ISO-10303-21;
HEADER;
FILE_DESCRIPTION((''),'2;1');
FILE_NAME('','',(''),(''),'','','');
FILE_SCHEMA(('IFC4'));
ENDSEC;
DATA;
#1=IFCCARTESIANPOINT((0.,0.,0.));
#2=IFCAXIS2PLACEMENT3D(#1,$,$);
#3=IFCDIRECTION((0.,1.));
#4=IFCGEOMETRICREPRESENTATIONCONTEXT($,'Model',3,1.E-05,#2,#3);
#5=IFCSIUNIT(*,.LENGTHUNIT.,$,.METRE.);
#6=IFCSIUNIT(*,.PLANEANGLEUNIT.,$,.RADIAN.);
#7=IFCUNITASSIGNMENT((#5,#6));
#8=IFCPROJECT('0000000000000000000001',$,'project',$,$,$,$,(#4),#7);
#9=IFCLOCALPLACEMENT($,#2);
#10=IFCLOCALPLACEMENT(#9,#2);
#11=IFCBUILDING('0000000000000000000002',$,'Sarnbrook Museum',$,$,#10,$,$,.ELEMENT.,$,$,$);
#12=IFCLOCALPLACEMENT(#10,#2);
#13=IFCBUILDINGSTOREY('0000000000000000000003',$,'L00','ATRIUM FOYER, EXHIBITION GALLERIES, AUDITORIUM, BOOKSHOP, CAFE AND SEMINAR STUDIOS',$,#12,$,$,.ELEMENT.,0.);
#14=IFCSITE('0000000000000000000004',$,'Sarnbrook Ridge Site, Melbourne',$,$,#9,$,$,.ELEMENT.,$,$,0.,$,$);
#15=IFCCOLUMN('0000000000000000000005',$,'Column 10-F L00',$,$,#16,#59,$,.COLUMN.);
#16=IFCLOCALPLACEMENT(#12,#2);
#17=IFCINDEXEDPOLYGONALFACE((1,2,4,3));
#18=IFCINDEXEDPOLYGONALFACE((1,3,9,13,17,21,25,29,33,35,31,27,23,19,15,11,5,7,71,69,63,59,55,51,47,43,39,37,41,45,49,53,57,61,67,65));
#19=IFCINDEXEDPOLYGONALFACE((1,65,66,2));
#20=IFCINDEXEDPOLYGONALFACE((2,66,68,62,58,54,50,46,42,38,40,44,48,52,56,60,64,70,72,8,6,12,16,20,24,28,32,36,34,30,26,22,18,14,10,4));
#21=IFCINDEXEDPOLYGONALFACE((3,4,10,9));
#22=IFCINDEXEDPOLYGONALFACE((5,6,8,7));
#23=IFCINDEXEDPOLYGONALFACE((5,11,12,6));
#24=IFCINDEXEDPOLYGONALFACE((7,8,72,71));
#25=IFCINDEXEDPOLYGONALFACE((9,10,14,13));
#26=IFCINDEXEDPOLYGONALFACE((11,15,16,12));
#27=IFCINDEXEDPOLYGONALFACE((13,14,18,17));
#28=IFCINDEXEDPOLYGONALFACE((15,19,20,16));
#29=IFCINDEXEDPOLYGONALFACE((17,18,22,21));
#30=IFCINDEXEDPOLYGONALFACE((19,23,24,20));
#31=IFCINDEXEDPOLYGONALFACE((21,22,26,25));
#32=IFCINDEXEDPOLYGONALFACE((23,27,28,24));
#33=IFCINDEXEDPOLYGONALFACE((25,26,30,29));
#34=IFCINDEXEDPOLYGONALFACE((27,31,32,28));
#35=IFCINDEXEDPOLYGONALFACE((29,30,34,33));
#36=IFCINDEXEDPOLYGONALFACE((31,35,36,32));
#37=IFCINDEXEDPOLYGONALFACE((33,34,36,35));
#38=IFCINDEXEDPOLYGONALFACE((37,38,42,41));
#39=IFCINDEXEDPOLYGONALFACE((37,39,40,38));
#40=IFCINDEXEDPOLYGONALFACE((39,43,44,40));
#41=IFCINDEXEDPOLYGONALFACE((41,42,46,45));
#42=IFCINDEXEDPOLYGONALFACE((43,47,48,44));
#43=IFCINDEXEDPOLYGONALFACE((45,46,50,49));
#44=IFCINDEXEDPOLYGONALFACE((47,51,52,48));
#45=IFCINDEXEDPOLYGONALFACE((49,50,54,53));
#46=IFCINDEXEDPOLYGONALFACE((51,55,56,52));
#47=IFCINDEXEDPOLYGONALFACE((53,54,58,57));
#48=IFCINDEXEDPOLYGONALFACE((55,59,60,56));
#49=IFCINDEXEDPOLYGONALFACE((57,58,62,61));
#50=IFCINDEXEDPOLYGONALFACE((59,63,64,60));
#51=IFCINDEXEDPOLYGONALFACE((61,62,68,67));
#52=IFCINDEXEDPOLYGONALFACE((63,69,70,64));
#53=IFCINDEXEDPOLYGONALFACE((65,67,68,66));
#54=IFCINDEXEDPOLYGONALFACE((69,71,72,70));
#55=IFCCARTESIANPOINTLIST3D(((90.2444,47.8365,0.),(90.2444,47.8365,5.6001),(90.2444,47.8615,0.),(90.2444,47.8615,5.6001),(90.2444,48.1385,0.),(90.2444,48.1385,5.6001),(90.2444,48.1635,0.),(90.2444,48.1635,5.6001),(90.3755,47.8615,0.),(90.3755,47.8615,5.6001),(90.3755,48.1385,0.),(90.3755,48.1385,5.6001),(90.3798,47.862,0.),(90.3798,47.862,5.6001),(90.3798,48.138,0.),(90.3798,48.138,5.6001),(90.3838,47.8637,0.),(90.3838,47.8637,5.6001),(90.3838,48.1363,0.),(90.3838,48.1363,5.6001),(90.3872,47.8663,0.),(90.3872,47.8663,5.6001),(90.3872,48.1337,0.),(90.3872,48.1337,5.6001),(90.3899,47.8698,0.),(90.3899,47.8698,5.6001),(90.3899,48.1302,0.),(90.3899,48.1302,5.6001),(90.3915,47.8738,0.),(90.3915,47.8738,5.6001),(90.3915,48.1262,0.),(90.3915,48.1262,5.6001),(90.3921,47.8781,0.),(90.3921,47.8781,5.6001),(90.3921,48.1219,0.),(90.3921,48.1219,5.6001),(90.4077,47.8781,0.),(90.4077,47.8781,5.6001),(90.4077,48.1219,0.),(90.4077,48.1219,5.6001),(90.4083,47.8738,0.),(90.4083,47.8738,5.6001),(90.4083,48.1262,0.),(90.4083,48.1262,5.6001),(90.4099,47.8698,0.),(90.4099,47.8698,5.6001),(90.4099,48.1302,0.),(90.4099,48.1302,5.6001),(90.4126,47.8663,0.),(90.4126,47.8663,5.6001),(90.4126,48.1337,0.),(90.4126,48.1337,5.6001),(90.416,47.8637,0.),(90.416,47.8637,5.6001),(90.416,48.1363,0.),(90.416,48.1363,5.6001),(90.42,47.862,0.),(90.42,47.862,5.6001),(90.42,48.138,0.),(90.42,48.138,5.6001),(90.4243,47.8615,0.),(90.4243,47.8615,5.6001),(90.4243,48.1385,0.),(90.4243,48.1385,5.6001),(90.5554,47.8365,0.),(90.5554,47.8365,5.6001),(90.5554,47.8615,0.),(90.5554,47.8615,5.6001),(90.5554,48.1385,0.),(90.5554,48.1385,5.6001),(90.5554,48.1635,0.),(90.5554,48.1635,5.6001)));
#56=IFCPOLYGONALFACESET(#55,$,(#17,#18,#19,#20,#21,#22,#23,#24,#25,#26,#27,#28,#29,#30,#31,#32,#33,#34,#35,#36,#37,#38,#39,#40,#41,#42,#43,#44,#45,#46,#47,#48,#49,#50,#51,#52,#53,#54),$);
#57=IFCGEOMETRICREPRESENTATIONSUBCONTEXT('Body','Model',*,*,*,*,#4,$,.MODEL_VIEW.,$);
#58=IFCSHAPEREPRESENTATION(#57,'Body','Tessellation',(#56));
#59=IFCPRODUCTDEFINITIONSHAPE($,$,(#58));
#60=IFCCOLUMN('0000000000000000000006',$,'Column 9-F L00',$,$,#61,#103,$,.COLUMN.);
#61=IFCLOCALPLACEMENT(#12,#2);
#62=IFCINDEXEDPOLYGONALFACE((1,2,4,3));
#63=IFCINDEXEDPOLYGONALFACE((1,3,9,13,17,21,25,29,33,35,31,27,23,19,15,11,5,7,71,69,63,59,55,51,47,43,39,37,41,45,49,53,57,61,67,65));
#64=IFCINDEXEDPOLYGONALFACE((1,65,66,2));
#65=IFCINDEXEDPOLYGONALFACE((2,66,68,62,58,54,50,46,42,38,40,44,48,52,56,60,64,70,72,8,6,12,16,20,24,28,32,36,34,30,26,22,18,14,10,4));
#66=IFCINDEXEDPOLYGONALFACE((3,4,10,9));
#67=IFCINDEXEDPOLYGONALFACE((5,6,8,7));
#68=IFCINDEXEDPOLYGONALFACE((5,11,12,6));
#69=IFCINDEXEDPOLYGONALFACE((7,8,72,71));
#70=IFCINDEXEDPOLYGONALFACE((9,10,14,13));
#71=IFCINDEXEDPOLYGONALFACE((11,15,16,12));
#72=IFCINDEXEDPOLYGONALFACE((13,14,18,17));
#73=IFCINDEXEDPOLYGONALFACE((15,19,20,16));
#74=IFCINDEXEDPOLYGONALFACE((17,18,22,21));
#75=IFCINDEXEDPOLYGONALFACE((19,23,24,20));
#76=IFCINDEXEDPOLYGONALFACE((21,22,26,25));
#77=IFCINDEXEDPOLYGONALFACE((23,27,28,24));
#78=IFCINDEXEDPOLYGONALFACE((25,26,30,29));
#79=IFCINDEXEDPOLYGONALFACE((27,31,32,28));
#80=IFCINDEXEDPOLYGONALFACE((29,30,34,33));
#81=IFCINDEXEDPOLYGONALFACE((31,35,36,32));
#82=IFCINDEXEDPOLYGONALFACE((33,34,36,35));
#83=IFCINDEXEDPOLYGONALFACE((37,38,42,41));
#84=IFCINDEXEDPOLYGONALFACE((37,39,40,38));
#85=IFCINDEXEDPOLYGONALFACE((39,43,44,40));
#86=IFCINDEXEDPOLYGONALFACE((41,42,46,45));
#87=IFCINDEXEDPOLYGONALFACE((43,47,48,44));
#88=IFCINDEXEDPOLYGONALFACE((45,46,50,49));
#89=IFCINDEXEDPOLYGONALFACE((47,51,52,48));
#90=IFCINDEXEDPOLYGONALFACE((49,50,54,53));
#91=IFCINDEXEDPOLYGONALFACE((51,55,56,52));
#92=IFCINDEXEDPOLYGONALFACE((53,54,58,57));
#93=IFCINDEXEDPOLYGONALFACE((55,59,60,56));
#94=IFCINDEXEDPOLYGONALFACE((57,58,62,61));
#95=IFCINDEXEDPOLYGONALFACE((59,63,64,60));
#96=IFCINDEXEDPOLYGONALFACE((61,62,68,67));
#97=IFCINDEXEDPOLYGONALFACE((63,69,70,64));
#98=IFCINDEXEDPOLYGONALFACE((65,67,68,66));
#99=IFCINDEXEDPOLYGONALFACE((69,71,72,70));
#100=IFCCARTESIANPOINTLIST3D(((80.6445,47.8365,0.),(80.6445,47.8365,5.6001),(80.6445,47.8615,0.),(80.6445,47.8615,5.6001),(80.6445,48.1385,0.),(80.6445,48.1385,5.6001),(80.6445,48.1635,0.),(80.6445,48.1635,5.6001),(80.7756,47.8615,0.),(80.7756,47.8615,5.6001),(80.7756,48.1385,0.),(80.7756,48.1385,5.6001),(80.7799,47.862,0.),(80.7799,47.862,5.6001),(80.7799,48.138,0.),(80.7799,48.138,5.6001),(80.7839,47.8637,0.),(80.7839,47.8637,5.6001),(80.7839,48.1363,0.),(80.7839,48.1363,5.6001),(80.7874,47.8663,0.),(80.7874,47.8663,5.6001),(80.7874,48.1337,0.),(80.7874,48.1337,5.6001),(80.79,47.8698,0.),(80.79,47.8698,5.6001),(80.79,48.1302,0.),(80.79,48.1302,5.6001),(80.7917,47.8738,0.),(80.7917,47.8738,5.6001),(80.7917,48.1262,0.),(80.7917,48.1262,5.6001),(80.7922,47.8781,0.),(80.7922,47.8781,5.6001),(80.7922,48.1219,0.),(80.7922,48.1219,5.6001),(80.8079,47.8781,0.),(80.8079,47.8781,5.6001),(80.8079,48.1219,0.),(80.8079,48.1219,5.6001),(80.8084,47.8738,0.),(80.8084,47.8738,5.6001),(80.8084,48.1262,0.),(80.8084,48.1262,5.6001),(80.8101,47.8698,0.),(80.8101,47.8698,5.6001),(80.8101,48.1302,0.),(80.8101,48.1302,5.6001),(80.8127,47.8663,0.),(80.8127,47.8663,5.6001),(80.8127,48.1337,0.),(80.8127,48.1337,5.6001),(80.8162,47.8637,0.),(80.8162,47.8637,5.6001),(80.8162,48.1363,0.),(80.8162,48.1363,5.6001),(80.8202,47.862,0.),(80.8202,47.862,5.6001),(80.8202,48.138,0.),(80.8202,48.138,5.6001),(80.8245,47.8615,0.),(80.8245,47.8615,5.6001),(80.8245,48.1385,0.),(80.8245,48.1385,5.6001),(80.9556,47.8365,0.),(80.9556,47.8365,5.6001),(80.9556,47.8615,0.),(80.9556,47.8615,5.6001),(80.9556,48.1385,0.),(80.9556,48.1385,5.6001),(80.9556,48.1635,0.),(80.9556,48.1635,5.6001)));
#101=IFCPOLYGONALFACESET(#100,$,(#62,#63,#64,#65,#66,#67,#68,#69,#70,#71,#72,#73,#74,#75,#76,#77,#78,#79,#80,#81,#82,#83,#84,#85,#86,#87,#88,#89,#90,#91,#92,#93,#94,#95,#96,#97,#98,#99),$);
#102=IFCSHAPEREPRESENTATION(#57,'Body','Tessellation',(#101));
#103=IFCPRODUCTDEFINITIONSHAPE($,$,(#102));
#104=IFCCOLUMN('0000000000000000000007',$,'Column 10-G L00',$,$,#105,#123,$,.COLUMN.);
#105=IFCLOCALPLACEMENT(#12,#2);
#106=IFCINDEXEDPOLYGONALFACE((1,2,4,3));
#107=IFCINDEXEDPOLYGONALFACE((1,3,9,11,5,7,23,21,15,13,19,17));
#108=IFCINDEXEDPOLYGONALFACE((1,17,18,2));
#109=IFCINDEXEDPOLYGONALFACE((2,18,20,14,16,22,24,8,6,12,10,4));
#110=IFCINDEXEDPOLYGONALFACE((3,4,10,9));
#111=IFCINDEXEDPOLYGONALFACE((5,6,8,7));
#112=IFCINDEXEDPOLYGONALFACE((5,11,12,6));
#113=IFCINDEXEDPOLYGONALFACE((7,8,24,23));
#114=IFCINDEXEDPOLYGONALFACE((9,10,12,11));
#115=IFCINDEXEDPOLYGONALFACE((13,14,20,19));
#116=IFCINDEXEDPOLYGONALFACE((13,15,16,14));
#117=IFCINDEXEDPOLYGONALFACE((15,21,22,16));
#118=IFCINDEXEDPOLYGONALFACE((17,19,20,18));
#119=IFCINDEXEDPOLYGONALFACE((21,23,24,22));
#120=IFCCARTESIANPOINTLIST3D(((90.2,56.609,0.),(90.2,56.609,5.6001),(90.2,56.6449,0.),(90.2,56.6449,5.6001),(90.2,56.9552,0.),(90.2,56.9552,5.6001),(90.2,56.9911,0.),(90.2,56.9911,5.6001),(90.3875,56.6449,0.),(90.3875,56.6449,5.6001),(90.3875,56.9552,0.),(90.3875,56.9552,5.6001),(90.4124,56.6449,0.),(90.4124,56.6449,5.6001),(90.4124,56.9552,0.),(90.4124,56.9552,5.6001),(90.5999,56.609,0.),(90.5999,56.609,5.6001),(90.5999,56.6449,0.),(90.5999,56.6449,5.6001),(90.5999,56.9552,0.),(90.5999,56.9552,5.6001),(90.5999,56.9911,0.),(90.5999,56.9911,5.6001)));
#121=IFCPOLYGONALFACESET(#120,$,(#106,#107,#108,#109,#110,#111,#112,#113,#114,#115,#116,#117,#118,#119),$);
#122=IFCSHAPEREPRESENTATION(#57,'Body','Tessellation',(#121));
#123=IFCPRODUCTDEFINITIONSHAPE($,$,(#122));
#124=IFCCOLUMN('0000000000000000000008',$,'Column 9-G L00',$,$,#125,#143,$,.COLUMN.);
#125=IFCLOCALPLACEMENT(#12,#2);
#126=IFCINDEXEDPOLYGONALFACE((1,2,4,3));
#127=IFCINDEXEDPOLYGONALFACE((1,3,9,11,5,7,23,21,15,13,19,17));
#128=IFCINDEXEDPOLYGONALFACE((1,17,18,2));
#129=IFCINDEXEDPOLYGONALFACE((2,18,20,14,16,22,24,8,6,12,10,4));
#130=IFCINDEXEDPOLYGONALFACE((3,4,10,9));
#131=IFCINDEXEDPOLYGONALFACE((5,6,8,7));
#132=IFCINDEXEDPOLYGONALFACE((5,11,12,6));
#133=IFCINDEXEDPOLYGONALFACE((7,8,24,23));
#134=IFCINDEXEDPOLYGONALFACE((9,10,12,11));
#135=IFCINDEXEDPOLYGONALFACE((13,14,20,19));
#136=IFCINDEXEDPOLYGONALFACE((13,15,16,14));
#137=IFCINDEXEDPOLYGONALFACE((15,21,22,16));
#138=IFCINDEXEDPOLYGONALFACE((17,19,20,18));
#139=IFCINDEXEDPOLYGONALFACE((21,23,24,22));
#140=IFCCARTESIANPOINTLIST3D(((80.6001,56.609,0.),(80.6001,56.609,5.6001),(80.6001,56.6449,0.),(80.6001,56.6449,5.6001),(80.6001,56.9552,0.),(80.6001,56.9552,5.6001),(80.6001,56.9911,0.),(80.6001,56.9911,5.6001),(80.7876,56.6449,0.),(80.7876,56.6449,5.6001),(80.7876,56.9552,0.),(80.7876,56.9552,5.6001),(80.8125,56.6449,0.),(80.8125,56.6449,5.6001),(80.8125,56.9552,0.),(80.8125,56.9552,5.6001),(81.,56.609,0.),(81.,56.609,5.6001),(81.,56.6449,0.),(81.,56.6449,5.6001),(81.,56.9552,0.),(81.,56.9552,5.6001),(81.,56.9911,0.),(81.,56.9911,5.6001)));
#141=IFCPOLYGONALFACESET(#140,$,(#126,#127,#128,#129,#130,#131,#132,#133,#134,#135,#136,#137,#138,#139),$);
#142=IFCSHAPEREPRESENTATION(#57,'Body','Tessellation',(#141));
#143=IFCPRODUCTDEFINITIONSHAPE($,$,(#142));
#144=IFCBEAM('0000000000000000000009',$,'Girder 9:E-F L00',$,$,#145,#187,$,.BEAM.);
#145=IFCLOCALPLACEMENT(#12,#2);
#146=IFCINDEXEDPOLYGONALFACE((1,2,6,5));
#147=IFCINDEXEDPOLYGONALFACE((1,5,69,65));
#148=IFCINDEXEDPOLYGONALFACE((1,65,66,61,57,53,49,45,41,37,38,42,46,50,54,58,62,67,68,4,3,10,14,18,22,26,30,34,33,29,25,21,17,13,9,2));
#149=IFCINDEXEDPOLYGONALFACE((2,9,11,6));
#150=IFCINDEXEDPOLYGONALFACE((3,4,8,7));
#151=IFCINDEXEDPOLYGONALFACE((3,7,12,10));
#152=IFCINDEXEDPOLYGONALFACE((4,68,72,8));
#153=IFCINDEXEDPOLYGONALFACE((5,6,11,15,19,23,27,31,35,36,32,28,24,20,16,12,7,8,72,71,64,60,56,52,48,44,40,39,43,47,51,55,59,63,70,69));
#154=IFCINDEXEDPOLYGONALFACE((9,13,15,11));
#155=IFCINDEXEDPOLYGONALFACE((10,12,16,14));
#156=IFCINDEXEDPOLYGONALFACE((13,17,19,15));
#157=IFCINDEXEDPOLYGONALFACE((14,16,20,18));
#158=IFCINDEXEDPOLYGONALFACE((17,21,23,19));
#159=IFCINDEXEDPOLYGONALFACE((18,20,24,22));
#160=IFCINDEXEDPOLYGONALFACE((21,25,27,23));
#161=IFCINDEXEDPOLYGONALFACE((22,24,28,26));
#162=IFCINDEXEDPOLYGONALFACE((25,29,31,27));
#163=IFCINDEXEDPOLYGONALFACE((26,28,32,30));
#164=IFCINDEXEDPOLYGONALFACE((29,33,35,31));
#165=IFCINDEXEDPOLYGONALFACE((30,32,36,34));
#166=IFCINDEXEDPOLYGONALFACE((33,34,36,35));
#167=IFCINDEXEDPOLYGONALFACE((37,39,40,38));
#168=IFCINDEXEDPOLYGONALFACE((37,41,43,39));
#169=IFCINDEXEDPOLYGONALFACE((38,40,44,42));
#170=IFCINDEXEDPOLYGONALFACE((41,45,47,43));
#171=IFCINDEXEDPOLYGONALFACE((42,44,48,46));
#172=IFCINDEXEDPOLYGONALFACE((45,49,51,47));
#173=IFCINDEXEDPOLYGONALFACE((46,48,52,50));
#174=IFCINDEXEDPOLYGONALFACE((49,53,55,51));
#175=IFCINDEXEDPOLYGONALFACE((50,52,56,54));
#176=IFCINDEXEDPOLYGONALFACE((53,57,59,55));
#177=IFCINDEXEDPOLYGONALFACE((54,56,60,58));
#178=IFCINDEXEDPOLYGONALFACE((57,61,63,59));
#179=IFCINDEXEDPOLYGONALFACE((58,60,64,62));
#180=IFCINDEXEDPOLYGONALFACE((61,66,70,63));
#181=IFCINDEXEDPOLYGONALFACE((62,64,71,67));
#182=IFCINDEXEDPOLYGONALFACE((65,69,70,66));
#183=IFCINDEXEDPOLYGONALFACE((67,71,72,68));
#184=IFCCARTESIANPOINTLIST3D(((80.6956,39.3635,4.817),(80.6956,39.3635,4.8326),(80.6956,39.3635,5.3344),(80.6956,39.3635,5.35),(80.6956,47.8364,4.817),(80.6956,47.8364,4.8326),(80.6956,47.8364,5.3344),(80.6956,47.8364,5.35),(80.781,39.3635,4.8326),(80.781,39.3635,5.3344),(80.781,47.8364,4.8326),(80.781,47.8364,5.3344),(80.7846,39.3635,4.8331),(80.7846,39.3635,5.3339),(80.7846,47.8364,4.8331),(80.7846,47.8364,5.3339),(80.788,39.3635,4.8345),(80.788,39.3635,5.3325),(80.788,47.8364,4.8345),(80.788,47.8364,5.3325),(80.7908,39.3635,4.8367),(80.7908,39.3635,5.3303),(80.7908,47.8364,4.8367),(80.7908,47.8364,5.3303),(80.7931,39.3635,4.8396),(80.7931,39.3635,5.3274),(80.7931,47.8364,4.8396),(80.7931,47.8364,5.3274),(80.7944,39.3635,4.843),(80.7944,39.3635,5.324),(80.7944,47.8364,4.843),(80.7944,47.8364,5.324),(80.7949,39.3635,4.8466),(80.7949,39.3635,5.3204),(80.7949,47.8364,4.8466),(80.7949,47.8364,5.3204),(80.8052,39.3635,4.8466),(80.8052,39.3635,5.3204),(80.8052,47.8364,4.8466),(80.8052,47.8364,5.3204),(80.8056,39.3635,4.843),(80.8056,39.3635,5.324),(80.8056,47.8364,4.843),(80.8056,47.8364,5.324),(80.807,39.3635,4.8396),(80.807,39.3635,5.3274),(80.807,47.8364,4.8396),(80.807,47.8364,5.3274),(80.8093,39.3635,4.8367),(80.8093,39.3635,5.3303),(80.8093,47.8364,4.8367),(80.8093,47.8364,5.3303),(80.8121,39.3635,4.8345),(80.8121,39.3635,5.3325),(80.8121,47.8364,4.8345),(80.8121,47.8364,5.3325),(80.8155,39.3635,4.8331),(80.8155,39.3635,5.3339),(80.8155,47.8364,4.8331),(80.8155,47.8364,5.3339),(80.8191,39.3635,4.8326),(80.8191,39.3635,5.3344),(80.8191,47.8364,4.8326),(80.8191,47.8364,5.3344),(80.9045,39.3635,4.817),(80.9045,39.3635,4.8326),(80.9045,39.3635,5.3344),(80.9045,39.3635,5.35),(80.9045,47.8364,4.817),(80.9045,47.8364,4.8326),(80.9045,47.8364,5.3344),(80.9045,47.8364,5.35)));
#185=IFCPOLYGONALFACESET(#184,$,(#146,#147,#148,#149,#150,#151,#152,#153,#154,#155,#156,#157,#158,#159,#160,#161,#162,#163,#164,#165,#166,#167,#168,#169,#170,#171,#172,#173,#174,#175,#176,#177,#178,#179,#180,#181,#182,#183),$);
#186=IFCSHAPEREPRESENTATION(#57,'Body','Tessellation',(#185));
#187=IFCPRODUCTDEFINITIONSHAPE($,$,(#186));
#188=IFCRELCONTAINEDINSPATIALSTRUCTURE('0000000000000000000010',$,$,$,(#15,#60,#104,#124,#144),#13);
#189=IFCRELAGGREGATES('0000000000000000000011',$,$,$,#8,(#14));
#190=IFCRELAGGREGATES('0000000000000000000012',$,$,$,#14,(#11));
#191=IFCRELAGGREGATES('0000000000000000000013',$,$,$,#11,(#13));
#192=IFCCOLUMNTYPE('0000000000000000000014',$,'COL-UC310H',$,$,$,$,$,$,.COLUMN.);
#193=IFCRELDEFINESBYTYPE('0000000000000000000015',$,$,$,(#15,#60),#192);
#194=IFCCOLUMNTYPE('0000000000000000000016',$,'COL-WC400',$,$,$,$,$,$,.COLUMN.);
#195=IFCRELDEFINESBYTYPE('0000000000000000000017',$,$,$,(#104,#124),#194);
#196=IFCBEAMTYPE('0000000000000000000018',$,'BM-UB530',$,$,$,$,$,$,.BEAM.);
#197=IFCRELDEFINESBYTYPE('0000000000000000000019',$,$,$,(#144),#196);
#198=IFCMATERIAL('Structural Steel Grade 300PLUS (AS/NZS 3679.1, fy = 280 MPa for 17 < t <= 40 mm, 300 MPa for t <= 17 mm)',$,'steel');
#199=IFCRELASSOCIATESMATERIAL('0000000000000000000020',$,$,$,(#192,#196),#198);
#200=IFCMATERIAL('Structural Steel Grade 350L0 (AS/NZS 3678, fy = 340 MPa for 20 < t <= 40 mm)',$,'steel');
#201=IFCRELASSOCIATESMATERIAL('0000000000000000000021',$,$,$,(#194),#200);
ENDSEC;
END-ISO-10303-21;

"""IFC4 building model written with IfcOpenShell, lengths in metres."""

from ifc_helpers import new_model, si_unit, direction, frame, origin, origin_2d, place, context, subcontext, project, spatial, i_section, extrude, material, material_profile, profile_set, type_object, element, save


model = new_model("IFC4")

# Units and contexts
model_context = context("Model", 3, precision=1e-05, world=origin(), true_north=direction((0.0, 1.0)))
body_context = subcontext(model_context, "Body", "Model", "MODEL_VIEW")
ifc_project = project(units=[si_unit("LENGTHUNIT", "METRE"), si_unit("PLANEANGLEUNIT", "RADIAN")], contexts=[model_context])

# Site, building, storey
site_placement = place(None, origin())
site = spatial("IfcSite", under=ifc_project, at=site_placement, Name="Sarnbrook Ridge Site, Melbourne", CompositionType="ELEMENT", RefElevation=0.0)
building_placement = place(site_placement, origin())
building = spatial("IfcBuilding", under=site, at=building_placement, Name="Sarnbrook Museum", CompositionType="ELEMENT")
storey_placement = place(building_placement, origin())
storey = spatial("IfcBuildingStorey", under=building, at=storey_placement, Name="L00", Description="ATRIUM FOYER, EXHIBITION GALLERIES, AUDITORIUM, BOOKSHOP, CAFE AND SEMINAR STUDIOS", CompositionType="ELEMENT", Elevation=0.0)

# Columns
ifc_material_1 = material(Name="Structural Steel Grade 300PLUS (AS/NZS 3679.1, fy = 280 MPa for 17 < t <= 40 mm, 300 MPa for t <= 17 mm)", Category="steel")
ifc_material_profile_1 = material_profile(ifc_material_1, i_section(OverallWidth=0.311, OverallDepth=0.3269, WebThickness=0.0156, FlangeThickness=0.0249, FilletRadius=0.0166, at=origin_2d()), Name="310UC158")
ifc_profile_set_1 = profile_set([ifc_material_profile_1], Name="Structural Steel Grade 300PLUS (AS/NZS 3679.1, fy = 280 MPa for 17 < t <= 40 mm, 300 MPa for t <= 17 mm)")
column_type_1 = type_object("IfcColumnType", Name="COL-UC310H", PredefinedType="COLUMN", material=ifc_profile_set_1)
for number, where, z_axis, x_axis, name in (
    (1, (90.3999, 48.0, 0.0), (0.0, 0.0, 1.0), (1.0, 0.0, 0.0), "Column 10-F L00"),
    (2, (80.8, 48.0, 0.0), (0.0, 0.0, 1.0), (1.0, 0.0, 0.0), "Column 9-F L00"),
):
    element("IfcColumn", number, at=place(storey_placement, frame(where, z_axis=z_axis, x_axis=x_axis)), inside=storey, type_object=column_type_1, Name=name, PredefinedType="COLUMN", context=body_context, shape_type="SweptSolid", body=[
        extrude(i_section(OverallWidth=0.311, OverallDepth=0.3269, WebThickness=0.0156, FlangeThickness=0.0249, FilletRadius=0.0166, at=origin_2d()), origin(), (0.0, 0.0, 1.0), 5.6001),
    ])
ifc_material_2 = material(Name="Structural Steel Grade 350L0 (AS/NZS 3678, fy = 340 MPa for 20 < t <= 40 mm)", Category="steel")
ifc_material_profile_2 = material_profile(ifc_material_2, i_section(OverallWidth=0.3999, OverallDepth=0.3821, WebThickness=0.0249, FlangeThickness=0.0359, at=origin_2d()), Name="400WC270")
ifc_profile_set_2 = profile_set([ifc_material_profile_2], Name="Structural Steel Grade 350L0 (AS/NZS 3678, fy = 340 MPa for 20 < t <= 40 mm)")
column_type_2 = type_object("IfcColumnType", Name="COL-WC400", PredefinedType="COLUMN", material=ifc_profile_set_2)
for number, where, z_axis, x_axis, name in (
    (3, (90.3999, 56.8, 0.0), (0.0, 0.0, 1.0), (1.0, 0.0, 0.0), "Column 10-G L00"),
    (4, (80.8, 56.8, 0.0), (0.0, 0.0, 1.0), (1.0, 0.0, 0.0), "Column 9-G L00"),
):
    element("IfcColumn", number, at=place(storey_placement, frame(where, z_axis=z_axis, x_axis=x_axis)), inside=storey, type_object=column_type_2, Name=name, PredefinedType="COLUMN", context=body_context, shape_type="SweptSolid", body=[
        extrude(i_section(OverallWidth=0.3999, OverallDepth=0.3821, WebThickness=0.0249, FlangeThickness=0.0359, at=origin_2d()), origin(), (0.0, 0.0, 1.0), 5.6001),
    ])

# Beam
ifc_material_profile_3 = material_profile(ifc_material_1, i_section(OverallWidth=0.209, OverallDepth=0.533, WebThickness=0.0103, FlangeThickness=0.0156, FilletRadius=0.0139, at=origin_2d()), Name="530UB92.4")
ifc_profile_set_3 = profile_set([ifc_material_profile_3], Name="Structural Steel Grade 300PLUS (AS/NZS 3679.1, fy = 280 MPa for 17 < t <= 40 mm, 300 MPa for t <= 17 mm)")
beam_type_1 = type_object("IfcBeamType", Name="BM-UB530", PredefinedType="BEAM", material=ifc_profile_set_3)
beam_1_placement = place(storey_placement, frame((80.8, 39.3635, 5.0835), z_axis=(0.0, 1.0, 0.0), x_axis=(-1.0, 0.0, 0.0)))
element("IfcBeam", 5, at=beam_1_placement, inside=storey, type_object=beam_type_1, Name="Girder 9:E-F L00", PredefinedType="BEAM", context=body_context, shape_type="SweptSolid", body=[
    extrude(i_section(OverallWidth=0.209, OverallDepth=0.533, WebThickness=0.0103, FlangeThickness=0.0156, FilletRadius=0.0139, at=origin_2d()), origin(), (0.0, 0.0, 1.0), 8.4729),
])

save(model, "model.ifc")
